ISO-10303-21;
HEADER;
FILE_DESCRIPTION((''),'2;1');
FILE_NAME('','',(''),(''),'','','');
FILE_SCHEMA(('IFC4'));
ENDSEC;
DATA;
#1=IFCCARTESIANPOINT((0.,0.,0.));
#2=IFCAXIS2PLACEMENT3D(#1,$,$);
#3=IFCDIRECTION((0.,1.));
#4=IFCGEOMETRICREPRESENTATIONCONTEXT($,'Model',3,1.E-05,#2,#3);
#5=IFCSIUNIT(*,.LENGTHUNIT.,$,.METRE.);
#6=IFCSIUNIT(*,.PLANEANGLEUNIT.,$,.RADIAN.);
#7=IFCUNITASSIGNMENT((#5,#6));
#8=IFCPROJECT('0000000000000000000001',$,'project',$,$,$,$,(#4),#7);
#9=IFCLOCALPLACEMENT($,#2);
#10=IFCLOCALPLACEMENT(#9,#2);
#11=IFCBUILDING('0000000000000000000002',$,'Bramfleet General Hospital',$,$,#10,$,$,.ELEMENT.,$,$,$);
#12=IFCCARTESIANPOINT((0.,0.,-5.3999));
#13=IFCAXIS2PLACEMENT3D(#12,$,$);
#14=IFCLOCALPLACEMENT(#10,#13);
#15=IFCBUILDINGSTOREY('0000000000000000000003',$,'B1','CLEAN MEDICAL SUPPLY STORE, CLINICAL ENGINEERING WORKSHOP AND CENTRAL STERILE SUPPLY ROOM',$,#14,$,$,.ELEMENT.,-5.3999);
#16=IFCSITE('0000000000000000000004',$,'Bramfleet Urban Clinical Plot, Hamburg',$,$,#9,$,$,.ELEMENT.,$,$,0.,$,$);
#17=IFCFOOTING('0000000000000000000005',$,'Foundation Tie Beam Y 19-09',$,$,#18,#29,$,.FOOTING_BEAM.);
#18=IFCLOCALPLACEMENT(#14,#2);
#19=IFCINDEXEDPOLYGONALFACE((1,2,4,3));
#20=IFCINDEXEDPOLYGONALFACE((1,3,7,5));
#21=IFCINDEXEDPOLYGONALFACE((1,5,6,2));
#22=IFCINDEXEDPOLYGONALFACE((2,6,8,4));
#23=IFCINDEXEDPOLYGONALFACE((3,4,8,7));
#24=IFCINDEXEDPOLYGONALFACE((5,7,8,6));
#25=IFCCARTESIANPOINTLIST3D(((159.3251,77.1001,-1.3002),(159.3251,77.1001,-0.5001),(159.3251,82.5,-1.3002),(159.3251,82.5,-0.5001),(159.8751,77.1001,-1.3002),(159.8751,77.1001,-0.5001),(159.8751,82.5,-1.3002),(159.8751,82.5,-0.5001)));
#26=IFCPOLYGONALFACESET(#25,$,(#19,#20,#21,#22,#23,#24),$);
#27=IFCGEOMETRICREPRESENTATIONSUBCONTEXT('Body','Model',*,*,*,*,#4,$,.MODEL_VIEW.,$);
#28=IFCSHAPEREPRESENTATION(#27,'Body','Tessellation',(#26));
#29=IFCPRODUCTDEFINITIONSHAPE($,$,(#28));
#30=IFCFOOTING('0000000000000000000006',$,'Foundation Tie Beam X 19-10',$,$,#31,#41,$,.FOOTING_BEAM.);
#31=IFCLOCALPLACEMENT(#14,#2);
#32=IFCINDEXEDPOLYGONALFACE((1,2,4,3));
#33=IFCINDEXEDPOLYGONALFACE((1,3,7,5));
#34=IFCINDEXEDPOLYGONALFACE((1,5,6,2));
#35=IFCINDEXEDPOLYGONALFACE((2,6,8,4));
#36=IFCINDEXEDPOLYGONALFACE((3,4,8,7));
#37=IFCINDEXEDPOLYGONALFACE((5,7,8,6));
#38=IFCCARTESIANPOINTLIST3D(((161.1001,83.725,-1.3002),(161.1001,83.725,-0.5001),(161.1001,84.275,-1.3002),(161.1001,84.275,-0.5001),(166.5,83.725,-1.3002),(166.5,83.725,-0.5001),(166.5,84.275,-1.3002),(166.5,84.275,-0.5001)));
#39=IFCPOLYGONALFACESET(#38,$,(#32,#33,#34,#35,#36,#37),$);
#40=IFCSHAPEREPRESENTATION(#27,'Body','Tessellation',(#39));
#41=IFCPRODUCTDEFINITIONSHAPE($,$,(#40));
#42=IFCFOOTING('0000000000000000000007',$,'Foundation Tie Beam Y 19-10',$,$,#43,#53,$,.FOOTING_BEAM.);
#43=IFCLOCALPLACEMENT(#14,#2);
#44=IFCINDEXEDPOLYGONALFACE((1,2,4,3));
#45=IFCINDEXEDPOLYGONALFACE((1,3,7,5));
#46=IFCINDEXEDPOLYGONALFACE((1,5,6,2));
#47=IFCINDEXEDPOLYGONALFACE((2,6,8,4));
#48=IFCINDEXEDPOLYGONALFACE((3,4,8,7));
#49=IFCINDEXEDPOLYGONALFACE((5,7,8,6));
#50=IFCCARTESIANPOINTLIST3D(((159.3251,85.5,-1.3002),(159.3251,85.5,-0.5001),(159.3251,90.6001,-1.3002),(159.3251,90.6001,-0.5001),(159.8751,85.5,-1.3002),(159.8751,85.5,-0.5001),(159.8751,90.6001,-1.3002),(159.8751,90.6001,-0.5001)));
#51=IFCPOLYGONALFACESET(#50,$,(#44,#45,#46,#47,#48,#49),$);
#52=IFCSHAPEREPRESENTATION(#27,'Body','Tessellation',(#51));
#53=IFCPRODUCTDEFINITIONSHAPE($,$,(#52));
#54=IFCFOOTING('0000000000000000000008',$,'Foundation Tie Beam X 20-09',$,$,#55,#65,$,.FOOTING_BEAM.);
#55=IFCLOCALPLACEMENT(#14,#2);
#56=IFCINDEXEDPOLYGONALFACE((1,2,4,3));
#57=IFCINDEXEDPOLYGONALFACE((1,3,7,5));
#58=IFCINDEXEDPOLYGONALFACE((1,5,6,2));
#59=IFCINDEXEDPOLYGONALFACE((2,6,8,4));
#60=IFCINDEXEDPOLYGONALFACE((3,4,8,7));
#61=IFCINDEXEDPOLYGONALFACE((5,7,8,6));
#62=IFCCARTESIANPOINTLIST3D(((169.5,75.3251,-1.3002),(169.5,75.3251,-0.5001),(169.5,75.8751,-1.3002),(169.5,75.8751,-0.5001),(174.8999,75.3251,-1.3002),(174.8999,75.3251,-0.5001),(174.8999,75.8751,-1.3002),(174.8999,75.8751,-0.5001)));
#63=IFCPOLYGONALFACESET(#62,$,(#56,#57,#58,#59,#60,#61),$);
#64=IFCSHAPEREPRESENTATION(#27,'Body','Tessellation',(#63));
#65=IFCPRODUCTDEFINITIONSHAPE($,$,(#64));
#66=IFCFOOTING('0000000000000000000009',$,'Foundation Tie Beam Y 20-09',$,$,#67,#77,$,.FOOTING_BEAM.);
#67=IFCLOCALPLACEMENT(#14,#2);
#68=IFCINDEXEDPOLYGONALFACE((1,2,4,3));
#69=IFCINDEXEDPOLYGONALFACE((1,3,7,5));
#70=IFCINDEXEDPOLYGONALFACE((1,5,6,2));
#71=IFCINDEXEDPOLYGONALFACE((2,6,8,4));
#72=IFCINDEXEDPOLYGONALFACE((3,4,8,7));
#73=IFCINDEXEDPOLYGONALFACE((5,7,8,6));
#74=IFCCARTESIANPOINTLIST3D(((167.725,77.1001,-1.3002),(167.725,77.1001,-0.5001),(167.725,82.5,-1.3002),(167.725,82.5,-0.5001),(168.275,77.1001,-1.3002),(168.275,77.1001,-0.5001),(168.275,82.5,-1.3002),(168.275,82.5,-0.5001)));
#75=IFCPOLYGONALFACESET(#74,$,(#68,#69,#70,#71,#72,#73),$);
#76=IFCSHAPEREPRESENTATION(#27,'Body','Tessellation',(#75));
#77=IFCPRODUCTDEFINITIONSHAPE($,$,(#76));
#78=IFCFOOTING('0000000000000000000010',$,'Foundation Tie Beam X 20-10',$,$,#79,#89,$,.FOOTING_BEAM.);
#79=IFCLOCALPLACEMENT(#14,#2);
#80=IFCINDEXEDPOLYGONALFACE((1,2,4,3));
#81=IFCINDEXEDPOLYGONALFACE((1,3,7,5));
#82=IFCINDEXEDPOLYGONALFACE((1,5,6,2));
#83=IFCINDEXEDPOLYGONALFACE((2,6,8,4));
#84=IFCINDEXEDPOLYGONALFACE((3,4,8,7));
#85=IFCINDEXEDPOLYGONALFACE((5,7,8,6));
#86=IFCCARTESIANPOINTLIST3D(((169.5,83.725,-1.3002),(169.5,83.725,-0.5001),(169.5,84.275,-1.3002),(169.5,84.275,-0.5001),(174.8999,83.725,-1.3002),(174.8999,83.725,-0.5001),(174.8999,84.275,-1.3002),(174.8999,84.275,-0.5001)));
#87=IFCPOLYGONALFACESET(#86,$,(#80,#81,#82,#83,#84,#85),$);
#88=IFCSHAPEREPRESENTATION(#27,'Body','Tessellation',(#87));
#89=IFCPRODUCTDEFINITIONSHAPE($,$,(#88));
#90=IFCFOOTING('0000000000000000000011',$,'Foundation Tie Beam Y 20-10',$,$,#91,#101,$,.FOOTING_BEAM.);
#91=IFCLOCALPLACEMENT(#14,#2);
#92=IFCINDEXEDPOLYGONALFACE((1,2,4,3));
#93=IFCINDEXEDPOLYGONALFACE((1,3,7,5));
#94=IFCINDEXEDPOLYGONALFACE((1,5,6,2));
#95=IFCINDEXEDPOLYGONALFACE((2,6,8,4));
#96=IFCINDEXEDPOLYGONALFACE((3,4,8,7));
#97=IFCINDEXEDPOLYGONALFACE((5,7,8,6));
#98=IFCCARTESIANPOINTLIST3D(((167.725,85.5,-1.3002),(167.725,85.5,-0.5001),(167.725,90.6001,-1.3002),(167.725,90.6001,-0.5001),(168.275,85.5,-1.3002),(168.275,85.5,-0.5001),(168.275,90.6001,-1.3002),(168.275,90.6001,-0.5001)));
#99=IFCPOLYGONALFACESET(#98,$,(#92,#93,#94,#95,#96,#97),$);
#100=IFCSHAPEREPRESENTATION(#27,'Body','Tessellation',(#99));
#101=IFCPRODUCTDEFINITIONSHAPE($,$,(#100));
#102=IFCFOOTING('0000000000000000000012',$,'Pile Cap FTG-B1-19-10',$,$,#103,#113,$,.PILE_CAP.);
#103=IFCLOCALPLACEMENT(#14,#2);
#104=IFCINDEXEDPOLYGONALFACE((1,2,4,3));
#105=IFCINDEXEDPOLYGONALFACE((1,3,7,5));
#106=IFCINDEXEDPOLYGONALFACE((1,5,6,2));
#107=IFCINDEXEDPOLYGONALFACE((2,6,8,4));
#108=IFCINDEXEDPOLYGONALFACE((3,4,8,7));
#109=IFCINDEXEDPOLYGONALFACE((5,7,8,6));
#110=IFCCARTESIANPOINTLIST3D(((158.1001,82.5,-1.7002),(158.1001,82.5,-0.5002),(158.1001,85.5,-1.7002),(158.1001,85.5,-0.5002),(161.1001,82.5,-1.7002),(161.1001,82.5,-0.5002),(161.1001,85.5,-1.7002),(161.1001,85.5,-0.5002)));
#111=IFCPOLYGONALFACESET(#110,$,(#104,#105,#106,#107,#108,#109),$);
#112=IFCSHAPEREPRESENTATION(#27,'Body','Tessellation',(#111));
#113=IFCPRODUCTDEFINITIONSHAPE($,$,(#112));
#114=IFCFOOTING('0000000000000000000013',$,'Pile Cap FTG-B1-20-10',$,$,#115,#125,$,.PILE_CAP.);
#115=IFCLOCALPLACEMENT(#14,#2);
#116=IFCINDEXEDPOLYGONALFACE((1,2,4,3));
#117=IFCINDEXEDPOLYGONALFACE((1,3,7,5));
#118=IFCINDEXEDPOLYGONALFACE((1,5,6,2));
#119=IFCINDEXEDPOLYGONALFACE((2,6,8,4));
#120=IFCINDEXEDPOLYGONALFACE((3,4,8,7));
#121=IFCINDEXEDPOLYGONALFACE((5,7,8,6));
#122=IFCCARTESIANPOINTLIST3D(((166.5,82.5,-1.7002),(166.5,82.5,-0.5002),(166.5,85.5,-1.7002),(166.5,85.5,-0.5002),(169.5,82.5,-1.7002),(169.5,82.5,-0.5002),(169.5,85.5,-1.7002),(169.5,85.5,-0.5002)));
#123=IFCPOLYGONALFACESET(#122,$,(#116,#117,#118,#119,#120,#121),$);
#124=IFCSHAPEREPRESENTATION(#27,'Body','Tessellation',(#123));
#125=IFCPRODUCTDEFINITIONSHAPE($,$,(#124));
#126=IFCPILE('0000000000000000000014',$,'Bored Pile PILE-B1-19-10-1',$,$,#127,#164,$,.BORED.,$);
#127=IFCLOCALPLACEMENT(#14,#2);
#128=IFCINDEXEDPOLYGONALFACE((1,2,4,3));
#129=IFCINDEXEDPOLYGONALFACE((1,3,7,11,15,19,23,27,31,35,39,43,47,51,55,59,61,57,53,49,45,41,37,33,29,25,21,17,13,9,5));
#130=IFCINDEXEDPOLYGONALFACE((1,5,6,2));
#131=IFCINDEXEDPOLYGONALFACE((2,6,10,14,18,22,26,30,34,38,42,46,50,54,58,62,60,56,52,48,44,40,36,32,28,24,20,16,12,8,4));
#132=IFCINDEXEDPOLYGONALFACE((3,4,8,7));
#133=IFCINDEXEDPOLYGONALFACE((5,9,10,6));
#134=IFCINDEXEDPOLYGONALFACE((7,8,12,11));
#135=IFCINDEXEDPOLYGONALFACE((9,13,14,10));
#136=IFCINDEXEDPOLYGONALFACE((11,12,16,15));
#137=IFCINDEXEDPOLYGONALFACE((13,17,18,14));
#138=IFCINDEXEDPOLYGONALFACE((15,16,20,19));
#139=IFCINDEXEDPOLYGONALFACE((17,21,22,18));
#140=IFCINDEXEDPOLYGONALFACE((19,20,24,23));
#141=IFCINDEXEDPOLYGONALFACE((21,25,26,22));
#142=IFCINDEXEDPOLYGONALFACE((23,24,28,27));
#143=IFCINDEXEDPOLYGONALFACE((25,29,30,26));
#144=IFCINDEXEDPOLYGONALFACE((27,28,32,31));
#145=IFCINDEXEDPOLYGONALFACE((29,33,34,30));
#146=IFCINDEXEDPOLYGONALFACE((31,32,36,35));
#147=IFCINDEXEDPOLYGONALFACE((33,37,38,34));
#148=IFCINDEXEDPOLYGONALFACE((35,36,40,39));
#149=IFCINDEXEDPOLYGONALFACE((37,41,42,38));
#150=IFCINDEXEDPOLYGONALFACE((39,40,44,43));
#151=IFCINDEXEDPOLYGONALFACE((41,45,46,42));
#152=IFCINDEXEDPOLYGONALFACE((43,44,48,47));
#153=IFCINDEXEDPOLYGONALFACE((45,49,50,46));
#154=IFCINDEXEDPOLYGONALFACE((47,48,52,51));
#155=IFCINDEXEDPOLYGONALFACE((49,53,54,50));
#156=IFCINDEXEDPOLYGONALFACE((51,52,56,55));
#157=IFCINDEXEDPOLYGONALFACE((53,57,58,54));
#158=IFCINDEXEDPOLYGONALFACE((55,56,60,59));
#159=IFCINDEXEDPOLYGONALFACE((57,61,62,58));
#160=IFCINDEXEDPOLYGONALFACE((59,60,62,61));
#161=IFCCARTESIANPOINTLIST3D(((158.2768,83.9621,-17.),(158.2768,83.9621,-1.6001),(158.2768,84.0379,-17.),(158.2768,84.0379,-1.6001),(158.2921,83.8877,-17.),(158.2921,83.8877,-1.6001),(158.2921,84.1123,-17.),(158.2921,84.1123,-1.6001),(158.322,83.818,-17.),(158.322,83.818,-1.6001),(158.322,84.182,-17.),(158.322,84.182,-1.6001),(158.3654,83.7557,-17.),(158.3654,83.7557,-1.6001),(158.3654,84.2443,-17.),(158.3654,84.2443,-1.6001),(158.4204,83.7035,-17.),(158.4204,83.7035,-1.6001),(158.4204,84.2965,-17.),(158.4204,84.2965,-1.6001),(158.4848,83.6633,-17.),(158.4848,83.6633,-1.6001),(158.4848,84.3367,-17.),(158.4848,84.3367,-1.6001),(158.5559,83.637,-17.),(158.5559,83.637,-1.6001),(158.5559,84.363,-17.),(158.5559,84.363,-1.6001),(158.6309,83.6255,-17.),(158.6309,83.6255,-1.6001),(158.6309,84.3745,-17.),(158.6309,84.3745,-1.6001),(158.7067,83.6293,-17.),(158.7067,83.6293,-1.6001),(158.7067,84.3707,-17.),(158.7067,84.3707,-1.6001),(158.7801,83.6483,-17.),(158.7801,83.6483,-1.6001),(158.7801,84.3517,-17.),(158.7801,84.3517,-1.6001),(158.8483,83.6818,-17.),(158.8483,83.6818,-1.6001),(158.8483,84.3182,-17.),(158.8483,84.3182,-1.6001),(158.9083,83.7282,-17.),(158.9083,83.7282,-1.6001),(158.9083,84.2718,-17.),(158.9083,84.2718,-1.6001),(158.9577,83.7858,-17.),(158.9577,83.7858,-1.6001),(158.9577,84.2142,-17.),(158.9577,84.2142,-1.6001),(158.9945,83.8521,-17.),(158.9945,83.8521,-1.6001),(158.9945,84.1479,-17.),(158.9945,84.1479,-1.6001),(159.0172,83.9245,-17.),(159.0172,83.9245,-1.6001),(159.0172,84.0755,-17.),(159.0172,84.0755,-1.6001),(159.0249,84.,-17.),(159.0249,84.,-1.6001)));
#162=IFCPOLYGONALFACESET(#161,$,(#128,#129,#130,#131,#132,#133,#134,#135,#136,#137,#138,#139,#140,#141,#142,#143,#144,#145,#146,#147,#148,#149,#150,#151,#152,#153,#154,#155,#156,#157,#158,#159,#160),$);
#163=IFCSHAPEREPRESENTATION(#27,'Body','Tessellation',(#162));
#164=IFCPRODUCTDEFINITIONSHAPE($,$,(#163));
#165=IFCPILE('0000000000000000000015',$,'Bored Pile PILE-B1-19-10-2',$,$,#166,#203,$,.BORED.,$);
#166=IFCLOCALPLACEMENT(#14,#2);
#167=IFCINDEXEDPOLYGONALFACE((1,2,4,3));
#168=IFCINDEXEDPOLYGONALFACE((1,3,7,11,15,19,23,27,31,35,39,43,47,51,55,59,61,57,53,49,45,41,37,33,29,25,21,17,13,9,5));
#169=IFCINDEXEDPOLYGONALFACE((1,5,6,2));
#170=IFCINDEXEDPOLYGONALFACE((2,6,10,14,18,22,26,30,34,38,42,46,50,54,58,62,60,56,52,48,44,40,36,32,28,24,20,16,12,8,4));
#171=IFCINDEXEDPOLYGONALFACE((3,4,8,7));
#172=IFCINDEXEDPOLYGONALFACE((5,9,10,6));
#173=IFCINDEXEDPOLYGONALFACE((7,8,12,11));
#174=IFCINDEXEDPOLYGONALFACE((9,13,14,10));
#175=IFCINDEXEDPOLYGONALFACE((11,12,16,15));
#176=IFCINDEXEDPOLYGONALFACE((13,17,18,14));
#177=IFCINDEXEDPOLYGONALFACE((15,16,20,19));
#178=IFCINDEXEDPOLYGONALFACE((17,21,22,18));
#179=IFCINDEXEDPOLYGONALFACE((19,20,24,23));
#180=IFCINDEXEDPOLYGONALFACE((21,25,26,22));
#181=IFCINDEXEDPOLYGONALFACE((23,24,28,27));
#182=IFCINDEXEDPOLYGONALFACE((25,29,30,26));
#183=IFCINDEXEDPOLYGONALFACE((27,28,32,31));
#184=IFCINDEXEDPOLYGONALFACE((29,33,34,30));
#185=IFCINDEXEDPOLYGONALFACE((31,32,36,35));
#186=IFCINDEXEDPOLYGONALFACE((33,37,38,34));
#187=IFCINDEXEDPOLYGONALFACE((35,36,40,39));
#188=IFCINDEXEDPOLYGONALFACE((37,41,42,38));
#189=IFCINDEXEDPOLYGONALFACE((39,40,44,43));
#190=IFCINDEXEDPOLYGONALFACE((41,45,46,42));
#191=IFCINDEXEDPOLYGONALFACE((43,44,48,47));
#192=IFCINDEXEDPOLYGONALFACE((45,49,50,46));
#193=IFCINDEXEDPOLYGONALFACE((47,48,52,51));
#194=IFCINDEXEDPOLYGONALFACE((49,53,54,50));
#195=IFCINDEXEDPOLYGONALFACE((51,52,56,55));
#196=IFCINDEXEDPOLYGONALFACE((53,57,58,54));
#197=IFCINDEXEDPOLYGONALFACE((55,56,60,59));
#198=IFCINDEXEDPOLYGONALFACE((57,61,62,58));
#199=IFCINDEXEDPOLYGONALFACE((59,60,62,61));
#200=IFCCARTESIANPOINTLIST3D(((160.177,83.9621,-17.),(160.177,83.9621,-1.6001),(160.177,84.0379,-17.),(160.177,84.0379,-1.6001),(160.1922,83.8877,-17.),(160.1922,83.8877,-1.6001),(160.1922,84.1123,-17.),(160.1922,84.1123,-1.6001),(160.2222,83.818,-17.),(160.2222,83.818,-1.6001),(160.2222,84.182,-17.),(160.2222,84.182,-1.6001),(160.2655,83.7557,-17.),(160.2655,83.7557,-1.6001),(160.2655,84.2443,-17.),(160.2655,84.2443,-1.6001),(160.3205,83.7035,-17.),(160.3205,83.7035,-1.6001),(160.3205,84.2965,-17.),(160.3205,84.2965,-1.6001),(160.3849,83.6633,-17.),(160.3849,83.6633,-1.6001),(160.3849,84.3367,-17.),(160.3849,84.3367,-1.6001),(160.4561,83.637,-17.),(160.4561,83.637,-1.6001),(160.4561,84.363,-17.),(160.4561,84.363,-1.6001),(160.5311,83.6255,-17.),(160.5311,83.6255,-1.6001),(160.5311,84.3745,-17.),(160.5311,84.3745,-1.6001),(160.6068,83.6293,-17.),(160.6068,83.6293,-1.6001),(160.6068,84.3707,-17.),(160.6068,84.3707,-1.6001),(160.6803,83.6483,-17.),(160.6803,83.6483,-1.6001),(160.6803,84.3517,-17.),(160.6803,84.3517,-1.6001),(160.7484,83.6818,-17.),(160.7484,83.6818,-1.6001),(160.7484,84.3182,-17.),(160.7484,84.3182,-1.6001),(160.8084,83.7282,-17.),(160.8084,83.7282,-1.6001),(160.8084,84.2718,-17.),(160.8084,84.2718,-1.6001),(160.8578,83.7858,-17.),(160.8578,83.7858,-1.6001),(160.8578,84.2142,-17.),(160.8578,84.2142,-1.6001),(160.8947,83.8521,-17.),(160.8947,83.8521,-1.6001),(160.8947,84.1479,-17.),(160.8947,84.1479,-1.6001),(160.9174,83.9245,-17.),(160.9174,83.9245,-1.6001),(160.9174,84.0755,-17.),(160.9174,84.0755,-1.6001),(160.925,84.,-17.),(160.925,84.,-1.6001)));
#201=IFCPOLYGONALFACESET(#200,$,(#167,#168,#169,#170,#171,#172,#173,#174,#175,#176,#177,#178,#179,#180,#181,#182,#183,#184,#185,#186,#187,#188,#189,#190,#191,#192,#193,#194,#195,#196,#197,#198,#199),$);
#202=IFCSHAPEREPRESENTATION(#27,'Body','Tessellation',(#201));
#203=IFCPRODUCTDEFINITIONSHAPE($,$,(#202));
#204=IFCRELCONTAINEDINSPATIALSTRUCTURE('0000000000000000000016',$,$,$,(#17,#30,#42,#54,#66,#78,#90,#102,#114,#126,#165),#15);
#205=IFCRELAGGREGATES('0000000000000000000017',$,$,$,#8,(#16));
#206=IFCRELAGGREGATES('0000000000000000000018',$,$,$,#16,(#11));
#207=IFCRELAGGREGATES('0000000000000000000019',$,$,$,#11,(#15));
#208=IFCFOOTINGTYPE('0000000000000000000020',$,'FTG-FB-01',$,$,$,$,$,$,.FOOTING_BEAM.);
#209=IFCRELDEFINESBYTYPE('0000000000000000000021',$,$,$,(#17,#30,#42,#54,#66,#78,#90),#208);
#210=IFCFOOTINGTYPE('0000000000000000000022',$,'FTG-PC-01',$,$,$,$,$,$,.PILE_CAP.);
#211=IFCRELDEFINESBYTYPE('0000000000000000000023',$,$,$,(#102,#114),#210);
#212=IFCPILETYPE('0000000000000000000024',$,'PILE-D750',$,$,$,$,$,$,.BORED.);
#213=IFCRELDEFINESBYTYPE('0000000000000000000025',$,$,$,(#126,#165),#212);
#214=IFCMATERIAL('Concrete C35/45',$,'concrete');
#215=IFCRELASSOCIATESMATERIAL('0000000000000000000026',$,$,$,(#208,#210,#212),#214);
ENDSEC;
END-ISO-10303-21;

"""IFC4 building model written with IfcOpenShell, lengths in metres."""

from ifc_helpers import new_model, si_unit, direction, frame, origin, origin_2d, place, context, subcontext, project, spatial, rectangle, circle, extrude, material, material_profile, profile_set, type_object, element, save


model = new_model("IFC4")

# Units and contexts
model_context = context("Model", 3, precision=1e-05, world=origin(), true_north=direction((0.0, 1.0)))
body_context = subcontext(model_context, "Body", "Model", "MODEL_VIEW")
ifc_project = project(units=[si_unit("LENGTHUNIT", "METRE"), si_unit("PLANEANGLEUNIT", "RADIAN")], contexts=[model_context])

# Site, building, storey
site_placement = place(None, origin())
site = spatial("IfcSite", under=ifc_project, at=site_placement, Name="Bramfleet Urban Clinical Plot, Hamburg", CompositionType="ELEMENT", RefElevation=0.0)
building_placement = place(site_placement, origin())
building = spatial("IfcBuilding", under=site, at=building_placement, Name="Bramfleet General Hospital", CompositionType="ELEMENT")
storey_placement = place(building_placement, frame((0.0, 0.0, -5.3999)))
storey = spatial("IfcBuildingStorey", under=building, at=storey_placement, Name="B1", Description="CLEAN MEDICAL SUPPLY STORE, CLINICAL ENGINEERING WORKSHOP AND CENTRAL STERILE SUPPLY ROOM", CompositionType="ELEMENT", Elevation=-5.3999)

# Footings
ifc_material_1 = material(Name="Concrete C35/45", Category="concrete")
ifc_material_profile_1 = material_profile(ifc_material_1, rectangle(XDim=0.55, YDim=0.8, at=origin_2d()), Name="RC FB 800x550")
ifc_profile_set_1 = profile_set([ifc_material_profile_1], Name="Concrete C35/45")
footing_type_1 = type_object("IfcFootingType", Name="FTG-FB-01", PredefinedType="FOOTING_BEAM", material=ifc_profile_set_1)
for number, where, z_axis, x_axis, name in (
    (1, (159.6001, 77.1001, -0.9001), (0.0, 1.0, 0.0), (-1.0, 0.0, 0.0), "Foundation Tie Beam Y 19-09"),
    (2, (161.1001, 84.0, -0.9001), (1.0, 0.0, 0.0), (0.0, 1.0, 0.0), "Foundation Tie Beam X 19-10"),
):
    element("IfcFooting", number, at=place(storey_placement, frame(where, z_axis=z_axis, x_axis=x_axis)), inside=storey, type_object=footing_type_1, Name=name, PredefinedType="FOOTING_BEAM", context=body_context, shape_type="SweptSolid", body=[
        extrude(rectangle(XDim=0.55, YDim=0.8, at=origin_2d()), origin(), (0.0, 0.0, 1.0), 5.3999),
    ])
footing_1_placement = place(storey_placement, frame((159.6001, 85.5, -0.9001), z_axis=(0.0, 1.0, 0.0), x_axis=(-1.0, 0.0, 0.0)))
element("IfcFooting", 3, at=footing_1_placement, inside=storey, type_object=footing_type_1, Name="Foundation Tie Beam Y 19-10", PredefinedType="FOOTING_BEAM", context=body_context, shape_type="SweptSolid", body=[
    extrude(rectangle(XDim=0.55, YDim=0.8, at=origin_2d()), origin(), (0.0, 0.0, 1.0), 5.1001),
])
for number, where, z_axis, x_axis, name in (
    (4, (169.5, 75.6001, -0.9001), (1.0, 0.0, 0.0), (0.0, 1.0, 0.0), "Foundation Tie Beam X 20-09"),
    (5, (168.0, 77.1001, -0.9001), (0.0, 1.0, 0.0), (-1.0, 0.0, 0.0), "Foundation Tie Beam Y 20-09"),
    (6, (169.5, 84.0, -0.9001), (1.0, 0.0, 0.0), (0.0, 1.0, 0.0), "Foundation Tie Beam X 20-10"),
):
    element("IfcFooting", number, at=place(storey_placement, frame(where, z_axis=z_axis, x_axis=x_axis)), inside=storey, type_object=footing_type_1, Name=name, PredefinedType="FOOTING_BEAM", context=body_context, shape_type="SweptSolid", body=[
        extrude(rectangle(XDim=0.55, YDim=0.8, at=origin_2d()), origin(), (0.0, 0.0, 1.0), 5.3999),
    ])
footing_2_placement = place(storey_placement, frame((168.0, 85.5, -0.9001), z_axis=(0.0, 1.0, 0.0), x_axis=(-1.0, 0.0, 0.0)))
element("IfcFooting", 7, at=footing_2_placement, inside=storey, type_object=footing_type_1, Name="Foundation Tie Beam Y 20-10", PredefinedType="FOOTING_BEAM", context=body_context, shape_type="SweptSolid", body=[
    extrude(rectangle(XDim=0.55, YDim=0.8, at=origin_2d()), origin(), (0.0, 0.0, 1.0), 5.1001),
])
footing_type_2 = type_object("IfcFootingType", Name="FTG-PC-01", PredefinedType="PILE_CAP", material=ifc_material_1)
for number, where, z_axis, x_axis, name in (
    (8, (159.6001, 84.0, -1.7002), (0.0, 0.0, 1.0), (1.0, 0.0, 0.0), "Pile Cap FTG-B1-19-10"),
    (9, (168.0, 84.0, -1.7002), (0.0, 0.0, 1.0), (1.0, 0.0, 0.0), "Pile Cap FTG-B1-20-10"),
):
    element("IfcFooting", number, at=place(storey_placement, frame(where, z_axis=z_axis, x_axis=x_axis)), inside=storey, type_object=footing_type_2, Name=name, PredefinedType="PILE_CAP", context=body_context, shape_type="SweptSolid", body=[
        extrude(rectangle(XDim=3.0, YDim=3.0, at=origin_2d()), origin(), (0.0, 0.0, 1.0), 1.2),
    ])

# Piles
ifc_material_profile_2 = material_profile(ifc_material_1, circle(Radius=0.375, at=origin_2d()), Name="PILE BORED D750")
ifc_profile_set_2 = profile_set([ifc_material_profile_2], Name="Concrete C35/45")
pile_type_1 = type_object("IfcPileType", Name="PILE-D750", PredefinedType="BORED", material=ifc_profile_set_2)
for number, where, z_axis, x_axis, name in (
    (10, (158.6499, 84.0, -1.6001), (0.0, 0.0, -1.0), (1.0, 0.0, 0.0), "Bored Pile PILE-B1-19-10-1"),
    (11, (160.55, 84.0, -1.6001), (0.0, 0.0, -1.0), (1.0, 0.0, 0.0), "Bored Pile PILE-B1-19-10-2"),
):
    element("IfcPile", number, at=place(storey_placement, frame(where, z_axis=z_axis, x_axis=x_axis)), inside=storey, type_object=pile_type_1, Name=name, PredefinedType="BORED", context=body_context, shape_type="SweptSolid", body=[
        extrude(circle(Radius=0.375, at=origin_2d()), origin(), (0.0, 0.0, 1.0), 15.3999),
    ])

save(model, "model.ifc")
